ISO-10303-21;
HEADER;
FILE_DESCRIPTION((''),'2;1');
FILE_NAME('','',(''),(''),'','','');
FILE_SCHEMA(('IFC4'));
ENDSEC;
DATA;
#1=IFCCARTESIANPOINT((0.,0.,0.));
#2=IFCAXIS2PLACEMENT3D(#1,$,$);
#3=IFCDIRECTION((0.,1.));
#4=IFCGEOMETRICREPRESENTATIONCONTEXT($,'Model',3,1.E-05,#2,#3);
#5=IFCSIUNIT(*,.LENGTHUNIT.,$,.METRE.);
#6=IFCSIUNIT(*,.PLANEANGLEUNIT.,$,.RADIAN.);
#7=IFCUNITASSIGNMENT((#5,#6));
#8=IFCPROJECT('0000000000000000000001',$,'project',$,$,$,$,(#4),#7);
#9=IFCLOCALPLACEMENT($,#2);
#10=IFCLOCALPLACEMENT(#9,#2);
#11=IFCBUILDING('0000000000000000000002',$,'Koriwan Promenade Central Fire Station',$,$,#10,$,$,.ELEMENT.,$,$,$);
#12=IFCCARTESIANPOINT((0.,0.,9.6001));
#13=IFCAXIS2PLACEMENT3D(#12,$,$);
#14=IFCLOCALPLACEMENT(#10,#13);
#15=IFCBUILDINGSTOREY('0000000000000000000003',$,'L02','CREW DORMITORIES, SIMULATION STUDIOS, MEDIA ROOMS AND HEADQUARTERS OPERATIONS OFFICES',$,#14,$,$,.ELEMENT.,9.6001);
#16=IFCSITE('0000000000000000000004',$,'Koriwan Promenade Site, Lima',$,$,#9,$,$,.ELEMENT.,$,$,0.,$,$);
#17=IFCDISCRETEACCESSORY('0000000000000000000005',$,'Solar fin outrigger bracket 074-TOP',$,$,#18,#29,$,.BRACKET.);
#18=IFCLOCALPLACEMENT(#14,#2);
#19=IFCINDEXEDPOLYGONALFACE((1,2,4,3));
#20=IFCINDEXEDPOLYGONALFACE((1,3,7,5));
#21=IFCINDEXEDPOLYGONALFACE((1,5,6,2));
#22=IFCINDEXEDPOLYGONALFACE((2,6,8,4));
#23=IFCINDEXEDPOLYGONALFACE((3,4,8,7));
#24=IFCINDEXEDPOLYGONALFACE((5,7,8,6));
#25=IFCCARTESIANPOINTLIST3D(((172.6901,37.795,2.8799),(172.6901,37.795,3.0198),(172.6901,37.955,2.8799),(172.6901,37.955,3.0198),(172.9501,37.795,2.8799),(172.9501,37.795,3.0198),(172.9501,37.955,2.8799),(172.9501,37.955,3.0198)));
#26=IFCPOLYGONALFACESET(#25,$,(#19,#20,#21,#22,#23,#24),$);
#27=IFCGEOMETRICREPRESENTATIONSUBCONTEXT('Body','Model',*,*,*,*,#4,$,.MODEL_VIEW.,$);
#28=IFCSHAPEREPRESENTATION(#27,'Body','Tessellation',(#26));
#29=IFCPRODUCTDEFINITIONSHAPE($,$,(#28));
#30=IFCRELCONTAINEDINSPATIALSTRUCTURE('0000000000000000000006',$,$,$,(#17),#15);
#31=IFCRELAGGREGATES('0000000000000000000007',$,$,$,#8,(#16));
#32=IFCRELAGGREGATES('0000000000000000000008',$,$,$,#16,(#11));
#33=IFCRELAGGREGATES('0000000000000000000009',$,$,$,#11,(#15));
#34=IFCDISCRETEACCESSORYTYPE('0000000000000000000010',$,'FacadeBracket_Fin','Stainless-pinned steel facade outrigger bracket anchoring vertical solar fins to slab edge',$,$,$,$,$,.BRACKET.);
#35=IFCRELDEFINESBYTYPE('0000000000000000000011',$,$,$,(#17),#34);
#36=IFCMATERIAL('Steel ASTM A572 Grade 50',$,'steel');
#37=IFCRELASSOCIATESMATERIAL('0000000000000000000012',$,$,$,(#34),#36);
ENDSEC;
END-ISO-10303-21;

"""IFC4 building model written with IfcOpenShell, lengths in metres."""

from ifc_helpers import new_model, si_unit, direction, frame, origin, origin_2d, place, context, subcontext, project, spatial, rectangle, extrude, material, type_object, element, save


model = new_model("IFC4")

# Units and contexts
model_context = context("Model", 3, precision=1e-05, world=origin(), true_north=direction((0.0, 1.0)))
body_context = subcontext(model_context, "Body", "Model", "MODEL_VIEW")
ifc_project = project(units=[si_unit("LENGTHUNIT", "METRE"), si_unit("PLANEANGLEUNIT", "RADIAN")], contexts=[model_context])

# Site, building, storey
site_placement = place(None, origin())
site = spatial("IfcSite", under=ifc_project, at=site_placement, Name="Koriwan Promenade Site, Lima", CompositionType="ELEMENT", RefElevation=0.0)
building_placement = place(site_placement, origin())
building = spatial("IfcBuilding", under=site, at=building_placement, Name="Koriwan Promenade Central Fire Station", CompositionType="ELEMENT")
storey_placement = place(building_placement, frame((0.0, 0.0, 9.6001)))
storey = spatial("IfcBuildingStorey", under=building, at=storey_placement, Name="L02", Description="CREW DORMITORIES, SIMULATION STUDIOS, MEDIA ROOMS AND HEADQUARTERS OPERATIONS OFFICES", CompositionType="ELEMENT", Elevation=9.6001)

# Discrete accessory
ifc_material_1 = material(Name="Steel ASTM A572 Grade 50", Category="steel")
discrete_accessory_type = type_object("IfcDiscreteAccessoryType", Name="FacadeBracket_Fin", Description="Stainless-pinned steel facade outrigger bracket anchoring vertical solar fins to slab edge", PredefinedType="BRACKET", material=ifc_material_1)
for number, where, z_axis, x_axis, name in (
    (1, (172.8201, 37.875, 2.8799), (0.0, 0.0, 1.0), (1.0, 0.0, 0.0), "Solar fin outrigger bracket 074-TOP"),
):
    element("IfcDiscreteAccessory", number, at=place(storey_placement, frame(where, z_axis=z_axis, x_axis=x_axis)), inside=storey, type_object=discrete_accessory_type, Name=name, PredefinedType="BRACKET", context=body_context, shape_type="SweptSolid", body=[
        extrude(rectangle(XDim=0.26, YDim=0.1599, at=origin_2d()), origin(), (0.0, 0.0, 1.0), 0.1399),
    ])

save(model, "model.ifc")
